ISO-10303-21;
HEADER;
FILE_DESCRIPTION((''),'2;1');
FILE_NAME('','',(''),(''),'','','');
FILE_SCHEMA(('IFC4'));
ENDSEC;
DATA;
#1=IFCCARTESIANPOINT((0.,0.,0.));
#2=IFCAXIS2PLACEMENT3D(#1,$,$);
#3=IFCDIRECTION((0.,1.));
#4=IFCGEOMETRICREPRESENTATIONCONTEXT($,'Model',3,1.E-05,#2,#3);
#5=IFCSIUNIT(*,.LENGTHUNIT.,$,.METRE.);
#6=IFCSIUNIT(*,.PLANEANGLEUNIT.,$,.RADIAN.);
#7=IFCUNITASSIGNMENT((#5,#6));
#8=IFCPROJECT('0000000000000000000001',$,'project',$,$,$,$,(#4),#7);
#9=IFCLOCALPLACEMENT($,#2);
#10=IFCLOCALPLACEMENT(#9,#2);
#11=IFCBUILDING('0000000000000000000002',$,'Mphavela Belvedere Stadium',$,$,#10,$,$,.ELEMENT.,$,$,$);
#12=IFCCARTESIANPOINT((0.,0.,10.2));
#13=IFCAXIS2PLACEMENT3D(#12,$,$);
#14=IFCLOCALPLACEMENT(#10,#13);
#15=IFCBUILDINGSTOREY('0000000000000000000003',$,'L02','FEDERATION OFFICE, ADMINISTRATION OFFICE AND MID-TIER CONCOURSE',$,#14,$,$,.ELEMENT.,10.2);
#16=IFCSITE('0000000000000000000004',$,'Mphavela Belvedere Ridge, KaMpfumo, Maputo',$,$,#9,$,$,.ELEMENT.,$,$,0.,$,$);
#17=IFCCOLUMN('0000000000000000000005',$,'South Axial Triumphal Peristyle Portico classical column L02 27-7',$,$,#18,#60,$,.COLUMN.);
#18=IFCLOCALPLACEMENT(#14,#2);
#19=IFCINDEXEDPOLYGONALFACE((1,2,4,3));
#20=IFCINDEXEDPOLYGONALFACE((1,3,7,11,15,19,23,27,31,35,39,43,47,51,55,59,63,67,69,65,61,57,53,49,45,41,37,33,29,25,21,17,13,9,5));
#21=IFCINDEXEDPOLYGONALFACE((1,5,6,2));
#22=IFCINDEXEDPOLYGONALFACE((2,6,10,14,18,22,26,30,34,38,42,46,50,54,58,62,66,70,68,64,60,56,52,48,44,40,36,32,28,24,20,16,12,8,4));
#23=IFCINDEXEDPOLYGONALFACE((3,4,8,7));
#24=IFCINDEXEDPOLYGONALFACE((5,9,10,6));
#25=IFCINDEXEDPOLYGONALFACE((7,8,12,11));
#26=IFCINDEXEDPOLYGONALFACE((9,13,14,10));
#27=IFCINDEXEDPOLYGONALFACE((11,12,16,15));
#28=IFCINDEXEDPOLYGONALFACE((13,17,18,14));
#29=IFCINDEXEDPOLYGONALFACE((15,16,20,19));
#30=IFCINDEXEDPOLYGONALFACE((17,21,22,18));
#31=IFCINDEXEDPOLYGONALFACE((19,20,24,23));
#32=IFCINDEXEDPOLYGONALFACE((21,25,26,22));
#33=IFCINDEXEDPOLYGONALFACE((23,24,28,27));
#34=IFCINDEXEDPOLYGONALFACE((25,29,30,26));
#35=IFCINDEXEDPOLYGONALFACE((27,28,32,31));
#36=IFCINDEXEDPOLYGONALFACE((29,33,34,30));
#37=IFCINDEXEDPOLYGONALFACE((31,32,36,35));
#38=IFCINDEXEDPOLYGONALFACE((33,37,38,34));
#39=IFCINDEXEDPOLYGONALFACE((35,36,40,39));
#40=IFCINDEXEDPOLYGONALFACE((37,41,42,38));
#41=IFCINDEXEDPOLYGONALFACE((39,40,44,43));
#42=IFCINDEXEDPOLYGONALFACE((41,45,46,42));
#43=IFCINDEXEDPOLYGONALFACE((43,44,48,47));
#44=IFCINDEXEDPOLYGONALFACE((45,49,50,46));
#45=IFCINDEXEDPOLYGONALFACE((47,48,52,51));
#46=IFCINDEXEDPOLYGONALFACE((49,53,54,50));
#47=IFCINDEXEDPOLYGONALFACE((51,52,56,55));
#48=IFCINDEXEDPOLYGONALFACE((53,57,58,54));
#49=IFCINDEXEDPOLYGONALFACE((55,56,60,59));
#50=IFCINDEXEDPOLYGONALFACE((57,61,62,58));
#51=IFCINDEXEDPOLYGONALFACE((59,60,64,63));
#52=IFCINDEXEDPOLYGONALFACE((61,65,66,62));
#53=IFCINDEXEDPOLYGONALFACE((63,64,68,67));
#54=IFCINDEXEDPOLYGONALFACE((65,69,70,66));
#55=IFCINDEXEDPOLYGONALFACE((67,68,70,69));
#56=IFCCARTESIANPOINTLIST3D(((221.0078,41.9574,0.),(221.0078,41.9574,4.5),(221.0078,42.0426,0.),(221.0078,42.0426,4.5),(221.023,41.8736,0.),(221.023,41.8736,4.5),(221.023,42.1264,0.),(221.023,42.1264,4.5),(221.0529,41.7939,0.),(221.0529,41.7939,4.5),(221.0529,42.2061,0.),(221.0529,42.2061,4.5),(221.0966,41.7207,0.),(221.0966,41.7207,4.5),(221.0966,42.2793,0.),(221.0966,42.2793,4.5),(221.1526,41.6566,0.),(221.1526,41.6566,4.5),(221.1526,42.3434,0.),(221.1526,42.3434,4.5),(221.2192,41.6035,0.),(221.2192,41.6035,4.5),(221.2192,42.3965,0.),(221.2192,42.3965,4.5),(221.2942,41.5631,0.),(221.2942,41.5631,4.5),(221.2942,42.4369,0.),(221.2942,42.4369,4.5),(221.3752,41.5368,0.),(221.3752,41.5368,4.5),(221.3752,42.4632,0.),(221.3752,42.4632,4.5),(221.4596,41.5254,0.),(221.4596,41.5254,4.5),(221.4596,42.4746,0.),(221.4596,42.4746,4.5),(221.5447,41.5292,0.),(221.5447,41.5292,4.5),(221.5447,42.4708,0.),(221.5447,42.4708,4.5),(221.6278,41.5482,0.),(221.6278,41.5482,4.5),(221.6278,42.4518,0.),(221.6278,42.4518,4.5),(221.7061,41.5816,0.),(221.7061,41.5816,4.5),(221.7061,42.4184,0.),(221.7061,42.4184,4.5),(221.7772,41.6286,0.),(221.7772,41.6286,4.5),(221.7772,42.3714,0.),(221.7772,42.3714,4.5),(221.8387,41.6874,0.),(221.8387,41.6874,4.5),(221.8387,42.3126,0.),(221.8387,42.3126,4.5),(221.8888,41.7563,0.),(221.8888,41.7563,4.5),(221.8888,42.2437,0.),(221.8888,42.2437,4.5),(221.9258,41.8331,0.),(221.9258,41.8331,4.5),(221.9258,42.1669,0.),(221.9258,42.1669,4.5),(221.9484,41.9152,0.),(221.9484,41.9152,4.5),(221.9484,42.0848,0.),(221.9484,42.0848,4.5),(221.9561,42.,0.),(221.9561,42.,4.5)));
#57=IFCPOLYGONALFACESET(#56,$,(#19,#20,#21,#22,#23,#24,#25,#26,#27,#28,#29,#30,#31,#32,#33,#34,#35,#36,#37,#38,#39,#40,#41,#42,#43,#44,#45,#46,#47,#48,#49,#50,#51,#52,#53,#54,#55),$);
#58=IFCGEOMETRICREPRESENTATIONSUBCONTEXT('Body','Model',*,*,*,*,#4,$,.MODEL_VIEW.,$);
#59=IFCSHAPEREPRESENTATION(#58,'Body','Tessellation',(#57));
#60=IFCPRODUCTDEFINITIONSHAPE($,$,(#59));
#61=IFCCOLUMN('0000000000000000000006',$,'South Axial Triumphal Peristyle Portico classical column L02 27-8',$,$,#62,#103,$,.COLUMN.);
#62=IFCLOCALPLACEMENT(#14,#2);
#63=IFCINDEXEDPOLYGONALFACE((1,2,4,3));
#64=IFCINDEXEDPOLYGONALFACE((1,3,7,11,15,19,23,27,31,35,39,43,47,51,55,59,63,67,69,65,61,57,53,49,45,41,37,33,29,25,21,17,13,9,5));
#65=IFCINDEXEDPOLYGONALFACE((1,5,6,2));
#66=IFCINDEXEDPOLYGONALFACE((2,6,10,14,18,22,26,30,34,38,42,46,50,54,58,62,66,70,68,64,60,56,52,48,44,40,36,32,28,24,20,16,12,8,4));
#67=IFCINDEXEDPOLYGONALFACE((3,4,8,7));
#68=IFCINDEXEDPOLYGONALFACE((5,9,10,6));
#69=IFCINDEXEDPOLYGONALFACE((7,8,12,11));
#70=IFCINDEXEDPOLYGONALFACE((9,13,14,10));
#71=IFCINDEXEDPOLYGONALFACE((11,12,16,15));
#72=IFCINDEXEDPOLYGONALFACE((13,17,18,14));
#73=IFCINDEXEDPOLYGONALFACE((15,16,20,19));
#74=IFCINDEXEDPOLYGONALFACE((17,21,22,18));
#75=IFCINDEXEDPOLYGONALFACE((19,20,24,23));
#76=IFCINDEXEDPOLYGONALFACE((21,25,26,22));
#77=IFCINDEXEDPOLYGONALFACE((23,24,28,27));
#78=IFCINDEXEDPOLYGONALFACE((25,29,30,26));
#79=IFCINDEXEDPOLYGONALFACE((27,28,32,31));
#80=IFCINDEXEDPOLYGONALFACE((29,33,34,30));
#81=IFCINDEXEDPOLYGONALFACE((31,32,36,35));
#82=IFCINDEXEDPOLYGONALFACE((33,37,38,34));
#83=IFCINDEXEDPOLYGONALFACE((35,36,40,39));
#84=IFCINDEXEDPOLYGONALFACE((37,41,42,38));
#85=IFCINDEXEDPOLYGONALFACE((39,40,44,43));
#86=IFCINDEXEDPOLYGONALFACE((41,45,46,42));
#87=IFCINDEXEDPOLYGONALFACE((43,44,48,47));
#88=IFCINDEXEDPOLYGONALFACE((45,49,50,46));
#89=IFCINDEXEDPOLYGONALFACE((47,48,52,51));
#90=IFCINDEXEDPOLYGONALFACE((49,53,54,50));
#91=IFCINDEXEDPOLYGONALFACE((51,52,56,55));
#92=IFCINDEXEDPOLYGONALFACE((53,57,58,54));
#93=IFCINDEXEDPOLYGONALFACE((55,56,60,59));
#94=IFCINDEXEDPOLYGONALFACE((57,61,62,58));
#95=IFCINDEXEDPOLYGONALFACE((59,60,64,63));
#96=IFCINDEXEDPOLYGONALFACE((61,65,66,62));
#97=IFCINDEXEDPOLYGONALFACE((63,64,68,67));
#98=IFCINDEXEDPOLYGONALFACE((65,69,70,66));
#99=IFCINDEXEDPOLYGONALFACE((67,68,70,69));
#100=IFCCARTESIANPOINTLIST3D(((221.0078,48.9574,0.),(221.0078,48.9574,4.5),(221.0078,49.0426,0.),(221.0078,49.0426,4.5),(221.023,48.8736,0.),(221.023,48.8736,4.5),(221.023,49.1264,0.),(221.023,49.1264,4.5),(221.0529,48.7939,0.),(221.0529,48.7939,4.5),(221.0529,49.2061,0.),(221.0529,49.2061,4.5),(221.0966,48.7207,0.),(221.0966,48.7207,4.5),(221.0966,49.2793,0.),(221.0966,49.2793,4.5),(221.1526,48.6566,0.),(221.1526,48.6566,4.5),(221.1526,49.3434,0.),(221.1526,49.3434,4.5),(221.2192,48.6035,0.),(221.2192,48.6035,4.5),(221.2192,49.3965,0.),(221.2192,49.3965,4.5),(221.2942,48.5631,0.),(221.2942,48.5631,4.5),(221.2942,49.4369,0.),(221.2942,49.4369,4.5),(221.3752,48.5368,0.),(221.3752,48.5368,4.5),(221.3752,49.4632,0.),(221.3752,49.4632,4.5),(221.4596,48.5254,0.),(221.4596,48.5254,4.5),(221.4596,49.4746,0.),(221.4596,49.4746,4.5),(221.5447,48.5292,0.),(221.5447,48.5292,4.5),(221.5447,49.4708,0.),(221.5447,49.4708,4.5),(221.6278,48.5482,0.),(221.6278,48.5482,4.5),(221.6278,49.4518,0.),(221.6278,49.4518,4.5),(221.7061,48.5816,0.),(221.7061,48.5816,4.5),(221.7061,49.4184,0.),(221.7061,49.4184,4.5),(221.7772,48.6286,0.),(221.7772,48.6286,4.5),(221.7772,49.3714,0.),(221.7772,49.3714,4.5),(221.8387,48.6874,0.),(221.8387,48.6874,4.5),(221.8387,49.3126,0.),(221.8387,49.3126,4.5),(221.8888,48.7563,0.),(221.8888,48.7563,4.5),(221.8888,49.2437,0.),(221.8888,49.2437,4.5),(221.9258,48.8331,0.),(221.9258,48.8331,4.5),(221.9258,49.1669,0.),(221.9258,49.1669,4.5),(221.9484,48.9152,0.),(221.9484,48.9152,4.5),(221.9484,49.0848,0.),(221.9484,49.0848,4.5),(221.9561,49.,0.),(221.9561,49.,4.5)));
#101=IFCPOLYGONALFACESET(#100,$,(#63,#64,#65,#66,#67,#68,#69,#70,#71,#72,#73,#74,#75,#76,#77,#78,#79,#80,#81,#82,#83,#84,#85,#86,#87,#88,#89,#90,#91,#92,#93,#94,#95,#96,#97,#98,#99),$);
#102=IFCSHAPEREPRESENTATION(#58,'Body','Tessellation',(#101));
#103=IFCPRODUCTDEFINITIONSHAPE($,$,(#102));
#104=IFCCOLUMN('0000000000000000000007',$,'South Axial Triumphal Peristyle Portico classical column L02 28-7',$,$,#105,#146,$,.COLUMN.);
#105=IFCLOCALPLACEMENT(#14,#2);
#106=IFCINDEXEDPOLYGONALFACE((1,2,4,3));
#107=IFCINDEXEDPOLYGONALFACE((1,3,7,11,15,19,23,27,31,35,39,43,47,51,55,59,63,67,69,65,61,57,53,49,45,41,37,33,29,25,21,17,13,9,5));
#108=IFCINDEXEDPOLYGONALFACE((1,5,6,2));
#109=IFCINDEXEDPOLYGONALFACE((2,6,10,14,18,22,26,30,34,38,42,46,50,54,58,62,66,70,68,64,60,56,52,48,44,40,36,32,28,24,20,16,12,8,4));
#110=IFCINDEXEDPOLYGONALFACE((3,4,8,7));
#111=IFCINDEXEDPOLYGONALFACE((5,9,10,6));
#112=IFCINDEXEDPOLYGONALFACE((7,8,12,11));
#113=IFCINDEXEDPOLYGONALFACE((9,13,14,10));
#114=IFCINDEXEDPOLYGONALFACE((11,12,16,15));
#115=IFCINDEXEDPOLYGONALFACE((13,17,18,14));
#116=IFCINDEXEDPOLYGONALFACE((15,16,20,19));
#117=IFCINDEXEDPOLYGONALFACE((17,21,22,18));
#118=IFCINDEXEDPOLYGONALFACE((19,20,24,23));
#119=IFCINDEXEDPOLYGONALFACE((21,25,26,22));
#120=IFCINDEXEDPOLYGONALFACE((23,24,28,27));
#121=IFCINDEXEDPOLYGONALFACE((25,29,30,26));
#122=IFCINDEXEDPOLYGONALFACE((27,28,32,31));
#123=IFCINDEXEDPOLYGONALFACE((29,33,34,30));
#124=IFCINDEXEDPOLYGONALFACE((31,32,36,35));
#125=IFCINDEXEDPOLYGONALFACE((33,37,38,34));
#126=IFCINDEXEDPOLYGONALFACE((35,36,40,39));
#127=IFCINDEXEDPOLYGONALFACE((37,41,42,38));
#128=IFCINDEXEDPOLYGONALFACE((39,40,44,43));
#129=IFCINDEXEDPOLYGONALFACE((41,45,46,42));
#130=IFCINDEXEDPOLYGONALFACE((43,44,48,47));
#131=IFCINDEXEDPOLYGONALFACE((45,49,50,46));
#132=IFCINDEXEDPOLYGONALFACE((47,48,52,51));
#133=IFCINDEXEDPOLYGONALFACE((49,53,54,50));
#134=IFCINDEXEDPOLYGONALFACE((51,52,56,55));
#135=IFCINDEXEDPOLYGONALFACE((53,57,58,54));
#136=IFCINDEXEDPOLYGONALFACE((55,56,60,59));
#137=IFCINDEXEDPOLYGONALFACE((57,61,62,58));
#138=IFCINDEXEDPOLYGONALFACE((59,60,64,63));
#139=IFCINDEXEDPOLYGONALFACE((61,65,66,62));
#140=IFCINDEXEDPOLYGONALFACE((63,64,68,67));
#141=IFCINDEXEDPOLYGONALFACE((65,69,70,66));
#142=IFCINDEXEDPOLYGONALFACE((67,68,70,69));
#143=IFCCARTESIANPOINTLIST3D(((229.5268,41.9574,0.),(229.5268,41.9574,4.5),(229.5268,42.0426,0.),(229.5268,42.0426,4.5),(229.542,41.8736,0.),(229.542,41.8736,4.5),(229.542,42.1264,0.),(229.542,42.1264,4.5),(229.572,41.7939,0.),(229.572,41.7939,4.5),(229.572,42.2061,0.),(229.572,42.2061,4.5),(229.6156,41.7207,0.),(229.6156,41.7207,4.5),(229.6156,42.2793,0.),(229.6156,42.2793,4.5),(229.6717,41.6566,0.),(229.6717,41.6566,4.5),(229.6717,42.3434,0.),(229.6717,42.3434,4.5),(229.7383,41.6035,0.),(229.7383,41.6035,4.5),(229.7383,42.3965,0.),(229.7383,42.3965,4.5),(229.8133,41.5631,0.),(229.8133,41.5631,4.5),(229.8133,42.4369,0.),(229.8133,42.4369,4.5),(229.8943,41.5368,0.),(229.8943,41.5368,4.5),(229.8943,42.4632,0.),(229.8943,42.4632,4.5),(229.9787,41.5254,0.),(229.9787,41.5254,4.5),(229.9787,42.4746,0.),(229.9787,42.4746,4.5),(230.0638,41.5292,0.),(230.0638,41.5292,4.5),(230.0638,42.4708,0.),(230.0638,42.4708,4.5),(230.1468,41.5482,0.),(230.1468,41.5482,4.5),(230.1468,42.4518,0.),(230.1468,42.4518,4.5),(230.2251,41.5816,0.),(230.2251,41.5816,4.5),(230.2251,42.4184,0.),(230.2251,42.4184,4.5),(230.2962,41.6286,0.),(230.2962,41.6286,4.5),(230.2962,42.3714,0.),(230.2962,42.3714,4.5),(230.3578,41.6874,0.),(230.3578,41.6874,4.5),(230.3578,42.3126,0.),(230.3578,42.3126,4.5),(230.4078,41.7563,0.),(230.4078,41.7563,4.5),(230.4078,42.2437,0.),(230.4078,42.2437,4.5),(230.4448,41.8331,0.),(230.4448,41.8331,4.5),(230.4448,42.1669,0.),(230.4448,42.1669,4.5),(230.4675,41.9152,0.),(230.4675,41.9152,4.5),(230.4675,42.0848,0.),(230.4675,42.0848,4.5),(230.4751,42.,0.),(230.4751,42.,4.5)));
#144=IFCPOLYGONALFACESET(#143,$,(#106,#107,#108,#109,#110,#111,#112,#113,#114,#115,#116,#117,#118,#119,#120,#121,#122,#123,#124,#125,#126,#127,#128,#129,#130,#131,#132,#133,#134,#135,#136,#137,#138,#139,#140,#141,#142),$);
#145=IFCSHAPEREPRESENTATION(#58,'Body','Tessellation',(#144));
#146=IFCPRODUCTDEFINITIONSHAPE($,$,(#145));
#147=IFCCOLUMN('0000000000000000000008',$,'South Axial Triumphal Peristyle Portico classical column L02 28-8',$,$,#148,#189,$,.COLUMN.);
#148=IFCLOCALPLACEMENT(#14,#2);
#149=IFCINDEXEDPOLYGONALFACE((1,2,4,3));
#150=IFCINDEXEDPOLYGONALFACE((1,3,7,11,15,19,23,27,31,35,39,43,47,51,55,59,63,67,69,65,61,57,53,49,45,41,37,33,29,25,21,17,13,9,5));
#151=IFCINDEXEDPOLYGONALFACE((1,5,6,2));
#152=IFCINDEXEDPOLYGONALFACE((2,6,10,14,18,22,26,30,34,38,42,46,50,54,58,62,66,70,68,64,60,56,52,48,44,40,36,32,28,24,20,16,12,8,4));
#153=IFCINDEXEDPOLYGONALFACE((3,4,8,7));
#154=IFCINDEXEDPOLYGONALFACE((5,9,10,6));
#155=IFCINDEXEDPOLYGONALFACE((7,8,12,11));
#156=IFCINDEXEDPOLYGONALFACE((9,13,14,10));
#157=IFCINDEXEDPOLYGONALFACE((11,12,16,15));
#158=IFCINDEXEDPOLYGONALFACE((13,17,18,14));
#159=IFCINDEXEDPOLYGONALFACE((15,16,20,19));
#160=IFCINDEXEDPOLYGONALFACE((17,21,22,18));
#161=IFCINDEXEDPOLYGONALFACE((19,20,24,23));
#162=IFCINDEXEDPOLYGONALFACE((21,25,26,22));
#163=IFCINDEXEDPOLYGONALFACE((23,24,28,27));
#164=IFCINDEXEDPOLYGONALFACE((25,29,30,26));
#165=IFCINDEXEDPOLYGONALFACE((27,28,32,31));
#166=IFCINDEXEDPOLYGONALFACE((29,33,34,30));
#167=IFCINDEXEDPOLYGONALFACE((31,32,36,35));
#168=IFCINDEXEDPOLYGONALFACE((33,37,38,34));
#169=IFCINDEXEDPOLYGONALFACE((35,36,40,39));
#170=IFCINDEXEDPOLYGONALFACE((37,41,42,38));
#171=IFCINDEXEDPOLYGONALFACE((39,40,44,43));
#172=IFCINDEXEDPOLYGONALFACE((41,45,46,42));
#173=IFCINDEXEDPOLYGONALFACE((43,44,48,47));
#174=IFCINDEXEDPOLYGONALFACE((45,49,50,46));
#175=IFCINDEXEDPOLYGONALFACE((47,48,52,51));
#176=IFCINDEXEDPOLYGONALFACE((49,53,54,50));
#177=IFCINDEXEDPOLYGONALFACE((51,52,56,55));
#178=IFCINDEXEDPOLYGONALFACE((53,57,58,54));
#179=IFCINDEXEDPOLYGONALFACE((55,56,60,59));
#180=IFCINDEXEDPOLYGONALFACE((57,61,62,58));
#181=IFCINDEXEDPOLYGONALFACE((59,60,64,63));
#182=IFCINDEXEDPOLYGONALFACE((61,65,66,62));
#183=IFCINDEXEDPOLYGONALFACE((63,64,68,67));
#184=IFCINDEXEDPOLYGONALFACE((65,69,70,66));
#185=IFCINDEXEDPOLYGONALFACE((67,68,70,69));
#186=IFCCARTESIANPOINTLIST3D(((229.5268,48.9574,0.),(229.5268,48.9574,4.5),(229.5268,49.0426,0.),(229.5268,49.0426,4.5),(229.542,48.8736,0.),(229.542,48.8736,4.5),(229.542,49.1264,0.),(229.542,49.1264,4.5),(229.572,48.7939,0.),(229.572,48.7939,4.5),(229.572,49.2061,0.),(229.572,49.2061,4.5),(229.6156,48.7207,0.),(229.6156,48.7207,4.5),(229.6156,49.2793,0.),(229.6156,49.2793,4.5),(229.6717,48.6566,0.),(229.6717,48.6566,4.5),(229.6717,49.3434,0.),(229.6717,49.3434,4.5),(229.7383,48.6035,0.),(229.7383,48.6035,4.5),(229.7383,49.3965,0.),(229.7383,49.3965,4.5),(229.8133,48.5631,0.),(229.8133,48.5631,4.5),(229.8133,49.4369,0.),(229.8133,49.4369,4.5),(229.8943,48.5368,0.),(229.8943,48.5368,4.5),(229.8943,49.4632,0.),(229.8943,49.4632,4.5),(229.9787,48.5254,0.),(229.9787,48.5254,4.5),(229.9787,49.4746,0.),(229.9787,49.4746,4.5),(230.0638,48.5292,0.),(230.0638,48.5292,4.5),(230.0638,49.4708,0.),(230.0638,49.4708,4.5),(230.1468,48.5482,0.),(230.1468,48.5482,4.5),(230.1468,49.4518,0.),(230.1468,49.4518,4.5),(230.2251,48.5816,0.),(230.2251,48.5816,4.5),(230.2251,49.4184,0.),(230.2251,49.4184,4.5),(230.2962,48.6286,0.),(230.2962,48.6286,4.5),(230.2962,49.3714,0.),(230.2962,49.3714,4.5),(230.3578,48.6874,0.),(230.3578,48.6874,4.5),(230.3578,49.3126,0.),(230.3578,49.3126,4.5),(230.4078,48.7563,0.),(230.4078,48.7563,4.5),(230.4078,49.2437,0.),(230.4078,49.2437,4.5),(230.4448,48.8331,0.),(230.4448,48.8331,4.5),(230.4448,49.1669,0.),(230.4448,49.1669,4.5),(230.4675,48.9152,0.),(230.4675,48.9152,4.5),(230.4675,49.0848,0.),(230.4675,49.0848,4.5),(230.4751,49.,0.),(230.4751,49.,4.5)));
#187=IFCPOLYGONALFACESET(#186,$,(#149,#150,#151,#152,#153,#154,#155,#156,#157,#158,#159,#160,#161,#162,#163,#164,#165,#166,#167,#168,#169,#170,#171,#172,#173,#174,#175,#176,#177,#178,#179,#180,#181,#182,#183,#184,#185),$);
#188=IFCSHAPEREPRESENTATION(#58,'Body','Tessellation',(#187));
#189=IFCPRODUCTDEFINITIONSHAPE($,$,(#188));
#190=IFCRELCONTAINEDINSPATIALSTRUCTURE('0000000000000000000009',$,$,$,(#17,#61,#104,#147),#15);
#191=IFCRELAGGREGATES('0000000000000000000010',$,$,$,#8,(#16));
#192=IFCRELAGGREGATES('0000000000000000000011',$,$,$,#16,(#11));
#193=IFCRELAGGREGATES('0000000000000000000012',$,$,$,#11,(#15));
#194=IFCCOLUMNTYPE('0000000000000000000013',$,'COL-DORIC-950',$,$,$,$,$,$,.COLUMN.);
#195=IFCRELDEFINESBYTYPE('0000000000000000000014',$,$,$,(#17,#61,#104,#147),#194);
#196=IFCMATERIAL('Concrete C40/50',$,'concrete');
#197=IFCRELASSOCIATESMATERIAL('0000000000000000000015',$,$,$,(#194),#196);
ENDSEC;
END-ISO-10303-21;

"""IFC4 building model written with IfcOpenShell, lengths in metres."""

from ifc_helpers import new_model, si_unit, direction, frame, origin, origin_2d, place, context, subcontext, project, spatial, circle, extrude, material, material_profile, profile_set, type_object, element, save


model = new_model("IFC4")

# Units and contexts
model_context = context("Model", 3, precision=1e-05, world=origin(), true_north=direction((0.0, 1.0)))
body_context = subcontext(model_context, "Body", "Model", "MODEL_VIEW")
ifc_project = project(units=[si_unit("LENGTHUNIT", "METRE"), si_unit("PLANEANGLEUNIT", "RADIAN")], contexts=[model_context])

# Site, building, storey
site_placement = place(None, origin())
site = spatial("IfcSite", under=ifc_project, at=site_placement, Name="Mphavela Belvedere Ridge, KaMpfumo, Maputo", CompositionType="ELEMENT", RefElevation=0.0)
building_placement = place(site_placement, origin())
building = spatial("IfcBuilding", under=site, at=building_placement, Name="Mphavela Belvedere Stadium", CompositionType="ELEMENT")
storey_placement = place(building_placement, frame((0.0, 0.0, 10.2)))
storey = spatial("IfcBuildingStorey", under=building, at=storey_placement, Name="L02", Description="FEDERATION OFFICE, ADMINISTRATION OFFICE AND MID-TIER CONCOURSE", CompositionType="ELEMENT", Elevation=10.2)

# Columns
ifc_material_1 = material(Name="Concrete C40/50", Category="concrete")
ifc_material_profile_1 = material_profile(ifc_material_1, circle(Radius=0.4751, at=origin_2d()), Name="COL D950")
ifc_profile_set_1 = profile_set([ifc_material_profile_1], Name="Concrete C40/50")
column_type_1 = type_object("IfcColumnType", Name="COL-DORIC-950", PredefinedType="COLUMN", material=ifc_profile_set_1)
for number, where, z_axis, x_axis, name in (
    (1, (221.481, 42.0, 0.0), (0.0, 0.0, 1.0), (1.0, 0.0, 0.0), "South Axial Triumphal Peristyle Portico classical column L02 27-7"),
    (2, (221.481, 49.0, 0.0), (0.0, 0.0, 1.0), (1.0, 0.0, 0.0), "South Axial Triumphal Peristyle Portico classical column L02 27-8"),
    (3, (230.0, 42.0, 0.0), (0.0, 0.0, 1.0), (1.0, 0.0, 0.0), "South Axial Triumphal Peristyle Portico classical column L02 28-7"),
    (4, (230.0, 49.0, 0.0), (0.0, 0.0, 1.0), (1.0, 0.0, 0.0), "South Axial Triumphal Peristyle Portico classical column L02 28-8"),
):
    element("IfcColumn", number, at=place(storey_placement, frame(where, z_axis=z_axis, x_axis=x_axis)), inside=storey, type_object=column_type_1, Name=name, PredefinedType="COLUMN", context=body_context, shape_type="SweptSolid", body=[
        extrude(circle(Radius=0.4751, at=origin_2d()), origin(), (0.0, 0.0, 1.0), 4.5),
    ])

save(model, "model.ifc")
